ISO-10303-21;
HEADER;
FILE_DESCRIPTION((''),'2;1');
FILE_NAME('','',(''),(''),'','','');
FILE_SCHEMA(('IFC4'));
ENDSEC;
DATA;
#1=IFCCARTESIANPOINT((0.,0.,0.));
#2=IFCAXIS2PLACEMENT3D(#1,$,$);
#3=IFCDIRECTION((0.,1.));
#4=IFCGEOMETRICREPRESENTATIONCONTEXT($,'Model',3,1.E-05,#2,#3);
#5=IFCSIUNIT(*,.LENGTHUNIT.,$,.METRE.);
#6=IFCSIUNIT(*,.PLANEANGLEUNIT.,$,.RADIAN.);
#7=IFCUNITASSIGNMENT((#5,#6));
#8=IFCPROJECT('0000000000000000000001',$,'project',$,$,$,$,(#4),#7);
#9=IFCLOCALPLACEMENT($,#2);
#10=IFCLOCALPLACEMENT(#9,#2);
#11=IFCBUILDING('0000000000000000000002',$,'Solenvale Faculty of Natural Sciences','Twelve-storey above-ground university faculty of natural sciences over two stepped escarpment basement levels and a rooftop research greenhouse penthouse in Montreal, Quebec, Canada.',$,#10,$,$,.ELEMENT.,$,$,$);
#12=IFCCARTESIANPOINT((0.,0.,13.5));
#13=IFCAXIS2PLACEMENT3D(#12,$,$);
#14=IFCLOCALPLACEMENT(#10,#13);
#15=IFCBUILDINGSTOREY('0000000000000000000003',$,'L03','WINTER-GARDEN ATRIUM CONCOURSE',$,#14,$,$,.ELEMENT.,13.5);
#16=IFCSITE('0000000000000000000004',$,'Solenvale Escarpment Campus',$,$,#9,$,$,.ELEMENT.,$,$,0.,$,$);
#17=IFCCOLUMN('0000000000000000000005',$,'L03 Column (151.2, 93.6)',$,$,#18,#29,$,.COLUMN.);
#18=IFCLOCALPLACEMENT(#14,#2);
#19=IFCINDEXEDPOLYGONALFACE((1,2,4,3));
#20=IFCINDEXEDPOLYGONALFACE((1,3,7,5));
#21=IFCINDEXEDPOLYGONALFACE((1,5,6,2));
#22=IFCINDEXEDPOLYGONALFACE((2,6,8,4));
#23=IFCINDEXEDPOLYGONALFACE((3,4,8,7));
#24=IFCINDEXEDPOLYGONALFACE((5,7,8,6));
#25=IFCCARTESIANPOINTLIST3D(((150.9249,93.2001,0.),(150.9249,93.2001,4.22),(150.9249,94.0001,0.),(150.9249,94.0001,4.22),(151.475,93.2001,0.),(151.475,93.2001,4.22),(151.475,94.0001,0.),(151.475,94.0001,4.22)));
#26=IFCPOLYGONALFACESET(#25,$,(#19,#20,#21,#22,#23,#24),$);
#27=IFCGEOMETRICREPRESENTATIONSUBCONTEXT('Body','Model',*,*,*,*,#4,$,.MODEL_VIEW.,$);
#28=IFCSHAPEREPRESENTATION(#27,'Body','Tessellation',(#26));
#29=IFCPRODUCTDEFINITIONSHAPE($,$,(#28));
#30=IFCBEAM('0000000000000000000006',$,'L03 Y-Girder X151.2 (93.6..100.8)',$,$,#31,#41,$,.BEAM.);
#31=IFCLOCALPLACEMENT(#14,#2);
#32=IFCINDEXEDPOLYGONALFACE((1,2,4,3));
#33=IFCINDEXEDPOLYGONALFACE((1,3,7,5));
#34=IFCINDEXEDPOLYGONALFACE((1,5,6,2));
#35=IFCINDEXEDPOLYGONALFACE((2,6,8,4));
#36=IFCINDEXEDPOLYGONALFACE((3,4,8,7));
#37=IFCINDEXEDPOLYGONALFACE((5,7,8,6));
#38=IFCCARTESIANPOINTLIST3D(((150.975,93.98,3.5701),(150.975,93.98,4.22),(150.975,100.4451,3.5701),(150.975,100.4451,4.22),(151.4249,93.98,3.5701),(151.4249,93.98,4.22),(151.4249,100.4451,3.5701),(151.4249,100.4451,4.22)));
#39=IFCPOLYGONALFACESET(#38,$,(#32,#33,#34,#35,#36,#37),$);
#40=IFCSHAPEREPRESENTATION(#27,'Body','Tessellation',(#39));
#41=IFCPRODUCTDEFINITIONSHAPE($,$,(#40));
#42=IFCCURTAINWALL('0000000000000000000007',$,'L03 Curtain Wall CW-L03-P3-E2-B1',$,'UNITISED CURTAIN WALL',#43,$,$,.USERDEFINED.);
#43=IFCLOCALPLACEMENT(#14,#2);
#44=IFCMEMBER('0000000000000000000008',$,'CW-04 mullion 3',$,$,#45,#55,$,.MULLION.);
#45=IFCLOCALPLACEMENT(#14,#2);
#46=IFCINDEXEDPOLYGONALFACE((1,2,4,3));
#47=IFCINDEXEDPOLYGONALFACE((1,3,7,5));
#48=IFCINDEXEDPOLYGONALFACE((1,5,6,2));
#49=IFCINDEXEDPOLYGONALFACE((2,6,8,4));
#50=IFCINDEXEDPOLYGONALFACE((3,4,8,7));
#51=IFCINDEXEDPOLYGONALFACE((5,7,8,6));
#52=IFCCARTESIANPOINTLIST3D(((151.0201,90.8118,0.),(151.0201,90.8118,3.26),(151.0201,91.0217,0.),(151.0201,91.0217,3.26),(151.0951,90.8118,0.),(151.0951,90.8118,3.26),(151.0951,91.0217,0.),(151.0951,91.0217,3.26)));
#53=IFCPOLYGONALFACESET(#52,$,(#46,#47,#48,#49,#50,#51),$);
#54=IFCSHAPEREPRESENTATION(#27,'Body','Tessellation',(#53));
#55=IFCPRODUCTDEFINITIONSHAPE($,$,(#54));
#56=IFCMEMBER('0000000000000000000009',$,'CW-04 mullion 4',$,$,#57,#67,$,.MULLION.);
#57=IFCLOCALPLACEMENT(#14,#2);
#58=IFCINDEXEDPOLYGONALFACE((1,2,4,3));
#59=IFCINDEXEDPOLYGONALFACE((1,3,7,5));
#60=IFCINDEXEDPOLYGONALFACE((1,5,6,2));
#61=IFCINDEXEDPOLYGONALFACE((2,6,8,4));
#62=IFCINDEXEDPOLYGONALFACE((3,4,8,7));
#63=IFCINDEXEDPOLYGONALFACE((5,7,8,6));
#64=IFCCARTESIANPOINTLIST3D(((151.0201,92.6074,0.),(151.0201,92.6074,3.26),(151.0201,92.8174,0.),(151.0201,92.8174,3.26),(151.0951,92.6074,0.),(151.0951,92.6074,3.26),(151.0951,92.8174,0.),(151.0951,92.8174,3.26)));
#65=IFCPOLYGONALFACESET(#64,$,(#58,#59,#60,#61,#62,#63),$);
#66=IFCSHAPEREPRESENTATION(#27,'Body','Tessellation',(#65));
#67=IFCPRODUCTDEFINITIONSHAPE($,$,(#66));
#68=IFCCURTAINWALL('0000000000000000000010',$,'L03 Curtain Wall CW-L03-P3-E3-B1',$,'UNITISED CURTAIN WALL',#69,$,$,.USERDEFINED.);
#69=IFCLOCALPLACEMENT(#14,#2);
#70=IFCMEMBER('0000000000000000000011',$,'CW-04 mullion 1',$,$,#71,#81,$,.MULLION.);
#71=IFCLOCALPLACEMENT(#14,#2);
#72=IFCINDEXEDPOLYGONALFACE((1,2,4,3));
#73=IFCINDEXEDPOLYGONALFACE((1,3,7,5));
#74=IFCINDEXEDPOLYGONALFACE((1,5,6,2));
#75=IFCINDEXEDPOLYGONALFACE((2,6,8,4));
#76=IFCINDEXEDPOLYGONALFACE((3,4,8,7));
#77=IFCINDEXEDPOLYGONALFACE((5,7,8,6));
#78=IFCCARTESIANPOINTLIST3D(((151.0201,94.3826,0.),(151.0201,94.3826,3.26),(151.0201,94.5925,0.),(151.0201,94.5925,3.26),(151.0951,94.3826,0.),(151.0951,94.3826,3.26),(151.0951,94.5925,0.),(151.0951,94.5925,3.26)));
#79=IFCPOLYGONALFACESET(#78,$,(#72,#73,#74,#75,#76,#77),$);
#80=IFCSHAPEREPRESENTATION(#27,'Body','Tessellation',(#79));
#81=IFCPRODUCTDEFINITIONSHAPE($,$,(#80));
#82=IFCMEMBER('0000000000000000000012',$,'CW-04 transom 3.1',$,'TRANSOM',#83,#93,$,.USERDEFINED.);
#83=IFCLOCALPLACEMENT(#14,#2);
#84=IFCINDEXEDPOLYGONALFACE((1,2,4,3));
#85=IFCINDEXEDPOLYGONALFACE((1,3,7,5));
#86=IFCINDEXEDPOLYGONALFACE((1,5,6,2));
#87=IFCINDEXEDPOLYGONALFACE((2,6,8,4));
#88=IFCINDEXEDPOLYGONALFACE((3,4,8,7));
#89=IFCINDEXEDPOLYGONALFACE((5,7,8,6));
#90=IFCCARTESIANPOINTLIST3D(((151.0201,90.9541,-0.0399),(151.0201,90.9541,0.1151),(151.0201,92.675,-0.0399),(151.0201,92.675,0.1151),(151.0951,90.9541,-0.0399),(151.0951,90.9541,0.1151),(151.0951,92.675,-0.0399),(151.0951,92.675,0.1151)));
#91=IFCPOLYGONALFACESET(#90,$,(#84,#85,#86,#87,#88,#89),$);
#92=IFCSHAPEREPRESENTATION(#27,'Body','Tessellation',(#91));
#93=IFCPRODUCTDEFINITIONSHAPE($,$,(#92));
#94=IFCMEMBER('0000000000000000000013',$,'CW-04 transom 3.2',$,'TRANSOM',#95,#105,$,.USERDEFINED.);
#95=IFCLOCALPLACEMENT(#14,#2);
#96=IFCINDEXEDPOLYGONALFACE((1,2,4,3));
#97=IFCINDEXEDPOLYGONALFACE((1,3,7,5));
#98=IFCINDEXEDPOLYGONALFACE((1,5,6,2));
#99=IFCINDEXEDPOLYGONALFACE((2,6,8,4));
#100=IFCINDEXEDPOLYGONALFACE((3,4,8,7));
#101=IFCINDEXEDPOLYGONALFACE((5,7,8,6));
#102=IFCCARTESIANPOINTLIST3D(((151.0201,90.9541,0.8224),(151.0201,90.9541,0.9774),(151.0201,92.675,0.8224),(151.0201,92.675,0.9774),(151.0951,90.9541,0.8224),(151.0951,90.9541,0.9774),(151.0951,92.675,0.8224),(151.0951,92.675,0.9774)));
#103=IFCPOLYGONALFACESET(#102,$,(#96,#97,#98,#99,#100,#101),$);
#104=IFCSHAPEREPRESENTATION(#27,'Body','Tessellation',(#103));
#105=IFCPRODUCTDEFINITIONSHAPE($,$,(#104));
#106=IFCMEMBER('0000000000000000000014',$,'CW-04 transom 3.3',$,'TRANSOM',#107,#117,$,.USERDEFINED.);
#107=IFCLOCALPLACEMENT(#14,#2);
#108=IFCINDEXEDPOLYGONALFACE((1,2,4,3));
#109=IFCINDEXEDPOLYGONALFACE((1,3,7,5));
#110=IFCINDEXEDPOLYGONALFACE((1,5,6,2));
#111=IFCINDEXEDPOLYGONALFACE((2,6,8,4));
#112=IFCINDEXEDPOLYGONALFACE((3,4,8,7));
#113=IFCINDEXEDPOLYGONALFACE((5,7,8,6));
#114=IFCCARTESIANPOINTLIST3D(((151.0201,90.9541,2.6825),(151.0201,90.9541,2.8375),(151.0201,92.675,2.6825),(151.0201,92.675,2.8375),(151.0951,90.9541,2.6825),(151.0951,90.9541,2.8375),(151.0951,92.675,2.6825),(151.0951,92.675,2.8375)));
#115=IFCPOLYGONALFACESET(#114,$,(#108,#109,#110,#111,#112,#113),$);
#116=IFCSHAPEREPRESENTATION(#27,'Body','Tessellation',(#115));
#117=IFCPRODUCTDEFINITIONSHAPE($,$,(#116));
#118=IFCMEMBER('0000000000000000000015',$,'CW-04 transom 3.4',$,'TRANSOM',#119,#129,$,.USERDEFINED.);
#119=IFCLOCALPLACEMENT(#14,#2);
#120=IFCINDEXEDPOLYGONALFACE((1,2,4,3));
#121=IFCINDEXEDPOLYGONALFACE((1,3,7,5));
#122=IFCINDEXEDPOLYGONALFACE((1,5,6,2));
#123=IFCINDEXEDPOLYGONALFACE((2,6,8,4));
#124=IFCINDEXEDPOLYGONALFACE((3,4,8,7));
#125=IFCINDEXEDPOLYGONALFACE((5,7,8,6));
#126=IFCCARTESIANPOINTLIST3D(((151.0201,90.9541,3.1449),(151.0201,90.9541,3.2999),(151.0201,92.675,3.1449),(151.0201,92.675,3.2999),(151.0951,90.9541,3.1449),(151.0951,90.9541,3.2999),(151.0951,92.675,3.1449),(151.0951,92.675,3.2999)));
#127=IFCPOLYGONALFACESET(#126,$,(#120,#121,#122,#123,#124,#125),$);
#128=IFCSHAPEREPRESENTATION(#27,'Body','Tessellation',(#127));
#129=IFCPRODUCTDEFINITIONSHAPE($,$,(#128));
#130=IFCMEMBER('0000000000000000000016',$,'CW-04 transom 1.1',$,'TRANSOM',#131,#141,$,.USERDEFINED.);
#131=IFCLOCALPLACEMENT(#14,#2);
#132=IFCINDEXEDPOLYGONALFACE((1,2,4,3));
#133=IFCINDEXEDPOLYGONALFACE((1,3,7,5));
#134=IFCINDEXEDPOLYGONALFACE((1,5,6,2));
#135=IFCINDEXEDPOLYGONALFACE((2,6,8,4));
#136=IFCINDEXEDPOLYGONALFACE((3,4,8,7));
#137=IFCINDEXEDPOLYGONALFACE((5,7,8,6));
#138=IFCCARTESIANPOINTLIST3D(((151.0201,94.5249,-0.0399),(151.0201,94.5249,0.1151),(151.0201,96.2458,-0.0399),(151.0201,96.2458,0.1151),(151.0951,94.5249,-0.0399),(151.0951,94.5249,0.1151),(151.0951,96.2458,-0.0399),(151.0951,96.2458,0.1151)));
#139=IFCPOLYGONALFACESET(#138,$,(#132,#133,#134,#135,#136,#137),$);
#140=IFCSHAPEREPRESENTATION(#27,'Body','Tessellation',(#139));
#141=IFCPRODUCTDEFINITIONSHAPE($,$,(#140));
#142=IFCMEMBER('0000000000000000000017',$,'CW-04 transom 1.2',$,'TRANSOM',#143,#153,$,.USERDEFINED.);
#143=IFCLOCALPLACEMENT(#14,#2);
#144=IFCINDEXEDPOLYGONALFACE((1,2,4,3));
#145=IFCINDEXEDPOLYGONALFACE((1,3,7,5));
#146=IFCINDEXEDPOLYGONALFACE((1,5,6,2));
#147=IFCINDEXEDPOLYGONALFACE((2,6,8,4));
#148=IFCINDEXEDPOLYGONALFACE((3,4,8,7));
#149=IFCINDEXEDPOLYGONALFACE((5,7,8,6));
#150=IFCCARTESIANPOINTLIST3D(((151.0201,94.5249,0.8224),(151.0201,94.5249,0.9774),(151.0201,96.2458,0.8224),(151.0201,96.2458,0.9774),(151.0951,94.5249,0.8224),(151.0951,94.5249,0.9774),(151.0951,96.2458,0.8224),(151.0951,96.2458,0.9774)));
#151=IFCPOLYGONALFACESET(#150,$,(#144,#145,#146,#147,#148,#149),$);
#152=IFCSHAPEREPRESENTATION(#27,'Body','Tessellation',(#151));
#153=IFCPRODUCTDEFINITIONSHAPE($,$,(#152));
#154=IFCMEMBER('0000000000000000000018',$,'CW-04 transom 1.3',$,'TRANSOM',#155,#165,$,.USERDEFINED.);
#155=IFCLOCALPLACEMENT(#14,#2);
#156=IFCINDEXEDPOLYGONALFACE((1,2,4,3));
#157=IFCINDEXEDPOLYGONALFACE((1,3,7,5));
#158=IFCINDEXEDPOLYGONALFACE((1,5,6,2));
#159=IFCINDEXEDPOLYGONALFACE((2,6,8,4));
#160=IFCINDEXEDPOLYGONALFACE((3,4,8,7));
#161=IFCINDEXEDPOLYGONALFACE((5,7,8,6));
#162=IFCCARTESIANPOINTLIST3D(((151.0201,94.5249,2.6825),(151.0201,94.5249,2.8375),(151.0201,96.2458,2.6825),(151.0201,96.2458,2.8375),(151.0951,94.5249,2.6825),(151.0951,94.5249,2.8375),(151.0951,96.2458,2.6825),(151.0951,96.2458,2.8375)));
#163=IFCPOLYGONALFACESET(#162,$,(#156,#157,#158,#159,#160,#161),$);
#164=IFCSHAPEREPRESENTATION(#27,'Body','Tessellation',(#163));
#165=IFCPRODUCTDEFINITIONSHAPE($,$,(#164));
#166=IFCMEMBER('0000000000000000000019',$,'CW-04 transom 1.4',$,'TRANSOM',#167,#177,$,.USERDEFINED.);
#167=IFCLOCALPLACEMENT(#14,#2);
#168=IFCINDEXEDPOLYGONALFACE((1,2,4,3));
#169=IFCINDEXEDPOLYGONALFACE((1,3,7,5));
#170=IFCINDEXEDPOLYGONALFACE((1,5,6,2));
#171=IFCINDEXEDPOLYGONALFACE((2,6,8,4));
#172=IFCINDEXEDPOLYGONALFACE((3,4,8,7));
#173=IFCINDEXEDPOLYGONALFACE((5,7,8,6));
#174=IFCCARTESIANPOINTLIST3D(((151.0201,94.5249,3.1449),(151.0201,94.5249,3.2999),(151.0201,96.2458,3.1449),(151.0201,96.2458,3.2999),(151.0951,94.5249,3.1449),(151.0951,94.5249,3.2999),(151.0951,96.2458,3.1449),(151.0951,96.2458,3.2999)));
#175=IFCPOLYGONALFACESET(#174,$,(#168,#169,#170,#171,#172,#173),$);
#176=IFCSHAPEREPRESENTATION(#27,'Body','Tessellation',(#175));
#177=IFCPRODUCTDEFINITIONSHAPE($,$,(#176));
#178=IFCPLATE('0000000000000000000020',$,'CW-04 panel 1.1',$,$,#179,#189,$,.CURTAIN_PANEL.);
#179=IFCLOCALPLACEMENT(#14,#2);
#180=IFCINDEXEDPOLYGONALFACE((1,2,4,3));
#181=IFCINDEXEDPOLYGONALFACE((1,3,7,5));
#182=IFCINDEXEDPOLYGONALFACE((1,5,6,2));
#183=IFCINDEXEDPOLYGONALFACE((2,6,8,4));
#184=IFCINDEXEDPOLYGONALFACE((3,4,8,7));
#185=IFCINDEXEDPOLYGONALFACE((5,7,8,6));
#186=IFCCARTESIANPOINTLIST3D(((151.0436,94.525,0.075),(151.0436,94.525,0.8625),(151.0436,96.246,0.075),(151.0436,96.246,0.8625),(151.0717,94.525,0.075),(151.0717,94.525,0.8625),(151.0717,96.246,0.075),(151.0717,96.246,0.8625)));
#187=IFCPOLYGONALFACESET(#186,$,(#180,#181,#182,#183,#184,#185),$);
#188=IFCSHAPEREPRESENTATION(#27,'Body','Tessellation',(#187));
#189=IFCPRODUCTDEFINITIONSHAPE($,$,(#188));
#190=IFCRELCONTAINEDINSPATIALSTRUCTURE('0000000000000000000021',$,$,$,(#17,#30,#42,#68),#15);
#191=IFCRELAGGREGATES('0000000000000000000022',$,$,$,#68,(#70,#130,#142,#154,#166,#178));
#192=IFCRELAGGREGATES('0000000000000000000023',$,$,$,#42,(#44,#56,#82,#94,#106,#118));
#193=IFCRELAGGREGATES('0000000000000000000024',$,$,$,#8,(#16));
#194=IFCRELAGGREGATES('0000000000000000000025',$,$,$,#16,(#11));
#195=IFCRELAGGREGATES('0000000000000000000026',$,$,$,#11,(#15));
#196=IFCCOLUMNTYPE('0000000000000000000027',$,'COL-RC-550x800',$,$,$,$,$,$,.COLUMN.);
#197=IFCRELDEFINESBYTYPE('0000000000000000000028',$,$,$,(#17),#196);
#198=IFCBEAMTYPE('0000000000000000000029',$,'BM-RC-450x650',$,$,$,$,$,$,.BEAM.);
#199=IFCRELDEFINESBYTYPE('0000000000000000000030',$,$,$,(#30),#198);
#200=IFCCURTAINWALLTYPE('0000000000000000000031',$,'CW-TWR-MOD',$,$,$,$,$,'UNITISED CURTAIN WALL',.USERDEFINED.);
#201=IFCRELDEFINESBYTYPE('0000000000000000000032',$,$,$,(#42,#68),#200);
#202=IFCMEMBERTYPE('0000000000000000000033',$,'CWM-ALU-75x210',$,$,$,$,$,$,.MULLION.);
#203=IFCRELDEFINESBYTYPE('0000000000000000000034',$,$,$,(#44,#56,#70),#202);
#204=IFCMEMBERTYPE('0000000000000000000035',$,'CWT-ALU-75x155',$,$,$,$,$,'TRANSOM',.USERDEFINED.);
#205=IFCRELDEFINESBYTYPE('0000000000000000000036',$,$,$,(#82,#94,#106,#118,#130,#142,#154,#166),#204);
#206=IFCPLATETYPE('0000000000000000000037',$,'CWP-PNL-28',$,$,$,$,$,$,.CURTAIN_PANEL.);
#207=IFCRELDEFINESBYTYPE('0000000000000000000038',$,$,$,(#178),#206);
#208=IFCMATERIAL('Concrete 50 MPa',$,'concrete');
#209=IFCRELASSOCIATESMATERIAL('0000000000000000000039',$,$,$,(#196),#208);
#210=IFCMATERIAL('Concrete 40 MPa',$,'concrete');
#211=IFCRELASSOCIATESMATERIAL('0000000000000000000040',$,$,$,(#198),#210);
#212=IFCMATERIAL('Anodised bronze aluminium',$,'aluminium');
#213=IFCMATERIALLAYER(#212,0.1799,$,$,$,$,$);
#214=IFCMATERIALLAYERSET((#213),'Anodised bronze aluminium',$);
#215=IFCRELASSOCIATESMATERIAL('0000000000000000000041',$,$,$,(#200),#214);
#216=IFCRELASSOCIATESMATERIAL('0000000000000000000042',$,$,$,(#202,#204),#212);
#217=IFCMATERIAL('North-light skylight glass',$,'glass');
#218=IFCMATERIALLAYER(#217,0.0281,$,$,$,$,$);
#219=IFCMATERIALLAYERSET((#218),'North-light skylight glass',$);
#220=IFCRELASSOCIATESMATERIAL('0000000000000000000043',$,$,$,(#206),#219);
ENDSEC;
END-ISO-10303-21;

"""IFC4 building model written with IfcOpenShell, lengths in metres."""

from ifc_helpers import new_model, si_unit, direction, frame, origin, origin_2d, place, context, subcontext, project, spatial, rectangle, extrude, material, layer, layer_set, material_profile, profile_set, type_object, element, aggregate, save


model = new_model("IFC4")

# Units and contexts
model_context = context("Model", 3, precision=1e-05, world=origin(), true_north=direction((0.0, 1.0)))
body_context = subcontext(model_context, "Body", "Model", "MODEL_VIEW")
ifc_project = project(units=[si_unit("LENGTHUNIT", "METRE"), si_unit("PLANEANGLEUNIT", "RADIAN")], contexts=[model_context])

# Site, building, storey
site_placement = place(None, origin())
site = spatial("IfcSite", under=ifc_project, at=site_placement, Name="Solenvale Escarpment Campus", CompositionType="ELEMENT", RefElevation=0.0)
building_placement = place(site_placement, origin())
building = spatial("IfcBuilding", under=site, at=building_placement, Name="Solenvale Faculty of Natural Sciences", Description="Twelve-storey above-ground university faculty of natural sciences over two stepped escarpment basement levels and a rooftop research greenhouse penthouse in Montreal, Quebec, Canada.", CompositionType="ELEMENT")
storey_placement = place(building_placement, frame((0.0, 0.0, 13.5)))
storey = spatial("IfcBuildingStorey", under=building, at=storey_placement, Name="L03", Description="WINTER-GARDEN ATRIUM CONCOURSE", CompositionType="ELEMENT", Elevation=13.5)

# Column
ifc_material_1 = material(Name="Concrete 50 MPa", Category="concrete")
ifc_material_profile_1 = material_profile(ifc_material_1, rectangle(XDim=0.55, YDim=0.8, at=origin_2d()), Name="RC-COL-550x800")
ifc_profile_set_1 = profile_set([ifc_material_profile_1], Name="Concrete 50 MPa")
column_type = type_object("IfcColumnType", Name="COL-RC-550x800", PredefinedType="COLUMN", material=ifc_profile_set_1)
column_placement = place(storey_placement, frame((151.2, 93.6001, 0.0), z_axis=(0.0, 0.0, 1.0), x_axis=(1.0, 0.0, 0.0)))
element("IfcColumn", 1, at=column_placement, inside=storey, type_object=column_type, Name="L03 Column (151.2, 93.6)", PredefinedType="COLUMN", context=body_context, shape_type="SweptSolid", body=[
    extrude(rectangle(XDim=0.55, YDim=0.8, at=origin_2d()), origin(), (0.0, 0.0, 1.0), 4.22),
])

# Beam
ifc_material_2 = material(Name="Concrete 40 MPa", Category="concrete")
ifc_material_profile_2 = material_profile(ifc_material_2, rectangle(XDim=0.45, YDim=0.6499, at=origin_2d()), Name="RC-BM-450x650")
ifc_profile_set_2 = profile_set([ifc_material_profile_2], Name="Concrete 40 MPa")
beam_type = type_object("IfcBeamType", Name="BM-RC-450x650", PredefinedType="BEAM", material=ifc_profile_set_2)
beam_placement = place(storey_placement, frame((151.2, 93.98, 3.895), z_axis=(0.0, 1.0, 0.0), x_axis=(-1.0, 0.0, 0.0)))
element("IfcBeam", 2, at=beam_placement, inside=storey, type_object=beam_type, Name="L03 Y-Girder X151.2 (93.6..100.8)", PredefinedType="BEAM", context=body_context, shape_type="SweptSolid", body=[
    extrude(rectangle(XDim=0.45, YDim=0.6499, at=origin_2d()), origin(), (0.0, 0.0, 1.0), 6.4651),
])

# Curtain wall, members
ifc_material_3 = material(Name="Anodised bronze aluminium", Category="aluminium")
ifc_layer_1 = layer(ifc_material_3, 0.1799)
ifc_layer_set_1 = layer_set([ifc_layer_1], Name="Anodised bronze aluminium")
curtain_wall_type = type_object("IfcCurtainWallType", Name="CW-TWR-MOD", ElementType="UNITISED CURTAIN WALL", PredefinedType="USERDEFINED", material=ifc_layer_set_1)
curtain_wall_1_placement = place(storey_placement, origin())
curtain_wall_1 = element("IfcCurtainWall", 3, at=curtain_wall_1_placement, inside=storey, type_object=curtain_wall_type, Name="L03 Curtain Wall CW-L03-P3-E2-B1", ObjectType="UNITISED CURTAIN WALL", PredefinedType="USERDEFINED")
ifc_material_profile_3 = material_profile(ifc_material_3, rectangle(XDim=0.075, YDim=0.21, at=origin_2d()), Name="ALU-MUL-75x210")
ifc_profile_set_3 = profile_set([ifc_material_profile_3], Name="Anodised bronze aluminium")
member_type_1 = type_object("IfcMemberType", Name="CWM-ALU-75x210", PredefinedType="MULLION", material=ifc_profile_set_3)
member_1_placement = place(storey_placement, frame((151.0576, 90.9167, 0.0), z_axis=(0.0, 0.0, 1.0), x_axis=(-1.0, 0.0, 0.0)))
member_1 = element("IfcMember", 4, at=member_1_placement, type_object=member_type_1, Name="CW-04 mullion 3", PredefinedType="MULLION", context=body_context, shape_type="SweptSolid", body=[
    extrude(rectangle(XDim=0.075, YDim=0.21, at=origin_2d()), origin(), (0.0, 0.0, 1.0), 3.26),
])
member_2_placement = place(storey_placement, frame((151.0576, 92.7124, 0.0), z_axis=(0.0, 0.0, 1.0), x_axis=(-1.0, 0.0, 0.0)))
member_2 = element("IfcMember", 5, at=member_2_placement, type_object=member_type_1, Name="CW-04 mullion 4", PredefinedType="MULLION", context=body_context, shape_type="SweptSolid", body=[
    extrude(rectangle(XDim=0.075, YDim=0.21, at=origin_2d()), origin(), (0.0, 0.0, 1.0), 3.26),
])

# Curtain wall, member
curtain_wall_2_placement = place(storey_placement, origin())
curtain_wall_2 = element("IfcCurtainWall", 6, at=curtain_wall_2_placement, inside=storey, type_object=curtain_wall_type, Name="L03 Curtain Wall CW-L03-P3-E3-B1", ObjectType="UNITISED CURTAIN WALL", PredefinedType="USERDEFINED")
member_3_placement = place(storey_placement, frame((151.0576, 94.4875, 0.0), z_axis=(0.0, 0.0, 1.0), x_axis=(-1.0, 0.0, 0.0)))
member_3 = element("IfcMember", 7, at=member_3_placement, type_object=member_type_1, Name="CW-04 mullion 1", PredefinedType="MULLION", context=body_context, shape_type="SweptSolid", body=[
    extrude(rectangle(XDim=0.075, YDim=0.21, at=origin_2d()), origin(), (0.0, 0.0, 1.0), 3.26),
])

# Members
ifc_material_profile_4 = material_profile(ifc_material_3, rectangle(XDim=0.075, YDim=0.155, at=origin_2d()), Name="ALU-TRN-75x155")
ifc_profile_set_4 = profile_set([ifc_material_profile_4], Name="Anodised bronze aluminium")
member_type_2 = type_object("IfcMemberType", Name="CWT-ALU-75x155", ElementType="TRANSOM", PredefinedType="USERDEFINED", material=ifc_profile_set_4)
member_4_placement = place(storey_placement, frame((151.0576, 90.9541, 0.0376), z_axis=(0.0, 1.0, 0.0), x_axis=(-1.0, 0.0, 0.0)))
member_4 = element("IfcMember", 8, at=member_4_placement, type_object=member_type_2, Name="CW-04 transom 3.1", ObjectType="TRANSOM", PredefinedType="USERDEFINED", context=body_context, shape_type="SweptSolid", body=[
    extrude(rectangle(XDim=0.075, YDim=0.155, at=origin_2d()), origin(), (0.0, 0.0, 1.0), 1.7209),
])
member_5_placement = place(storey_placement, frame((151.0576, 90.9541, 0.8999), z_axis=(0.0, 1.0, 0.0), x_axis=(-1.0, 0.0, 0.0)))
member_5 = element("IfcMember", 9, at=member_5_placement, type_object=member_type_2, Name="CW-04 transom 3.2", ObjectType="TRANSOM", PredefinedType="USERDEFINED", context=body_context, shape_type="SweptSolid", body=[
    extrude(rectangle(XDim=0.075, YDim=0.155, at=origin_2d()), origin(), (0.0, 0.0, 1.0), 1.7209),
])
member_6_placement = place(storey_placement, frame((151.0576, 90.9541, 2.76), z_axis=(0.0, 1.0, 0.0), x_axis=(-1.0, 0.0, 0.0)))
member_6 = element("IfcMember", 10, at=member_6_placement, type_object=member_type_2, Name="CW-04 transom 3.3", ObjectType="TRANSOM", PredefinedType="USERDEFINED", context=body_context, shape_type="SweptSolid", body=[
    extrude(rectangle(XDim=0.075, YDim=0.155, at=origin_2d()), origin(), (0.0, 0.0, 1.0), 1.7209),
])
member_7_placement = place(storey_placement, frame((151.0576, 90.9541, 3.2224), z_axis=(0.0, 1.0, 0.0), x_axis=(-1.0, 0.0, 0.0)))
member_7 = element("IfcMember", 11, at=member_7_placement, type_object=member_type_2, Name="CW-04 transom 3.4", ObjectType="TRANSOM", PredefinedType="USERDEFINED", context=body_context, shape_type="SweptSolid", body=[
    extrude(rectangle(XDim=0.075, YDim=0.155, at=origin_2d()), origin(), (0.0, 0.0, 1.0), 1.7209),
])
member_8_placement = place(storey_placement, frame((151.0576, 94.5249, 0.0376), z_axis=(0.0, 1.0, 0.0), x_axis=(-1.0, 0.0, 0.0)))
member_8 = element("IfcMember", 12, at=member_8_placement, type_object=member_type_2, Name="CW-04 transom 1.1", ObjectType="TRANSOM", PredefinedType="USERDEFINED", context=body_context, shape_type="SweptSolid", body=[
    extrude(rectangle(XDim=0.075, YDim=0.155, at=origin_2d()), origin(), (0.0, 0.0, 1.0), 1.7209),
])
member_9_placement = place(storey_placement, frame((151.0576, 94.5249, 0.8999), z_axis=(0.0, 1.0, 0.0), x_axis=(-1.0, 0.0, 0.0)))
member_9 = element("IfcMember", 13, at=member_9_placement, type_object=member_type_2, Name="CW-04 transom 1.2", ObjectType="TRANSOM", PredefinedType="USERDEFINED", context=body_context, shape_type="SweptSolid", body=[
    extrude(rectangle(XDim=0.075, YDim=0.155, at=origin_2d()), origin(), (0.0, 0.0, 1.0), 1.7209),
])
member_10_placement = place(storey_placement, frame((151.0576, 94.5249, 2.76), z_axis=(0.0, 1.0, 0.0), x_axis=(-1.0, 0.0, 0.0)))
member_10 = element("IfcMember", 14, at=member_10_placement, type_object=member_type_2, Name="CW-04 transom 1.3", ObjectType="TRANSOM", PredefinedType="USERDEFINED", context=body_context, shape_type="SweptSolid", body=[
    extrude(rectangle(XDim=0.075, YDim=0.155, at=origin_2d()), origin(), (0.0, 0.0, 1.0), 1.7209),
])
member_11_placement = place(storey_placement, frame((151.0576, 94.5249, 3.2224), z_axis=(0.0, 1.0, 0.0), x_axis=(-1.0, 0.0, 0.0)))
member_11 = element("IfcMember", 15, at=member_11_placement, type_object=member_type_2, Name="CW-04 transom 1.4", ObjectType="TRANSOM", PredefinedType="USERDEFINED", context=body_context, shape_type="SweptSolid", body=[
    extrude(rectangle(XDim=0.075, YDim=0.155, at=origin_2d()), origin(), (0.0, 0.0, 1.0), 1.7209),
])

# Plate
ifc_material_4 = material(Name="North-light skylight glass", Category="glass")
ifc_layer_2 = layer(ifc_material_4, 0.0281)
ifc_layer_set_2 = layer_set([ifc_layer_2], Name="North-light skylight glass")
plate_type_1 = type_object("IfcPlateType", Name="CWP-PNL-28", PredefinedType="CURTAIN_PANEL", material=ifc_layer_set_2)
plate_1_placement = place(storey_placement, frame((151.0576, 95.3855, 0.075), z_axis=(0.0, 0.0, 1.0), x_axis=(0.0, 1.0, 0.0)))
plate_1 = element("IfcPlate", 16, at=plate_1_placement, type_object=plate_type_1, Name="CW-04 panel 1.1", PredefinedType="CURTAIN_PANEL", context=body_context, shape_type="SweptSolid", body=[
    extrude(rectangle(XDim=1.7209, YDim=0.0281, at=origin_2d()), origin(), (0.0, 0.0, 1.0), 0.7876),
])
aggregate(curtain_wall_2, [member_3, member_8, member_9, member_10, member_11, plate_1])
aggregate(curtain_wall_1, [member_1, member_2, member_4, member_5, member_6, member_7])

save(model, "model.ifc")
